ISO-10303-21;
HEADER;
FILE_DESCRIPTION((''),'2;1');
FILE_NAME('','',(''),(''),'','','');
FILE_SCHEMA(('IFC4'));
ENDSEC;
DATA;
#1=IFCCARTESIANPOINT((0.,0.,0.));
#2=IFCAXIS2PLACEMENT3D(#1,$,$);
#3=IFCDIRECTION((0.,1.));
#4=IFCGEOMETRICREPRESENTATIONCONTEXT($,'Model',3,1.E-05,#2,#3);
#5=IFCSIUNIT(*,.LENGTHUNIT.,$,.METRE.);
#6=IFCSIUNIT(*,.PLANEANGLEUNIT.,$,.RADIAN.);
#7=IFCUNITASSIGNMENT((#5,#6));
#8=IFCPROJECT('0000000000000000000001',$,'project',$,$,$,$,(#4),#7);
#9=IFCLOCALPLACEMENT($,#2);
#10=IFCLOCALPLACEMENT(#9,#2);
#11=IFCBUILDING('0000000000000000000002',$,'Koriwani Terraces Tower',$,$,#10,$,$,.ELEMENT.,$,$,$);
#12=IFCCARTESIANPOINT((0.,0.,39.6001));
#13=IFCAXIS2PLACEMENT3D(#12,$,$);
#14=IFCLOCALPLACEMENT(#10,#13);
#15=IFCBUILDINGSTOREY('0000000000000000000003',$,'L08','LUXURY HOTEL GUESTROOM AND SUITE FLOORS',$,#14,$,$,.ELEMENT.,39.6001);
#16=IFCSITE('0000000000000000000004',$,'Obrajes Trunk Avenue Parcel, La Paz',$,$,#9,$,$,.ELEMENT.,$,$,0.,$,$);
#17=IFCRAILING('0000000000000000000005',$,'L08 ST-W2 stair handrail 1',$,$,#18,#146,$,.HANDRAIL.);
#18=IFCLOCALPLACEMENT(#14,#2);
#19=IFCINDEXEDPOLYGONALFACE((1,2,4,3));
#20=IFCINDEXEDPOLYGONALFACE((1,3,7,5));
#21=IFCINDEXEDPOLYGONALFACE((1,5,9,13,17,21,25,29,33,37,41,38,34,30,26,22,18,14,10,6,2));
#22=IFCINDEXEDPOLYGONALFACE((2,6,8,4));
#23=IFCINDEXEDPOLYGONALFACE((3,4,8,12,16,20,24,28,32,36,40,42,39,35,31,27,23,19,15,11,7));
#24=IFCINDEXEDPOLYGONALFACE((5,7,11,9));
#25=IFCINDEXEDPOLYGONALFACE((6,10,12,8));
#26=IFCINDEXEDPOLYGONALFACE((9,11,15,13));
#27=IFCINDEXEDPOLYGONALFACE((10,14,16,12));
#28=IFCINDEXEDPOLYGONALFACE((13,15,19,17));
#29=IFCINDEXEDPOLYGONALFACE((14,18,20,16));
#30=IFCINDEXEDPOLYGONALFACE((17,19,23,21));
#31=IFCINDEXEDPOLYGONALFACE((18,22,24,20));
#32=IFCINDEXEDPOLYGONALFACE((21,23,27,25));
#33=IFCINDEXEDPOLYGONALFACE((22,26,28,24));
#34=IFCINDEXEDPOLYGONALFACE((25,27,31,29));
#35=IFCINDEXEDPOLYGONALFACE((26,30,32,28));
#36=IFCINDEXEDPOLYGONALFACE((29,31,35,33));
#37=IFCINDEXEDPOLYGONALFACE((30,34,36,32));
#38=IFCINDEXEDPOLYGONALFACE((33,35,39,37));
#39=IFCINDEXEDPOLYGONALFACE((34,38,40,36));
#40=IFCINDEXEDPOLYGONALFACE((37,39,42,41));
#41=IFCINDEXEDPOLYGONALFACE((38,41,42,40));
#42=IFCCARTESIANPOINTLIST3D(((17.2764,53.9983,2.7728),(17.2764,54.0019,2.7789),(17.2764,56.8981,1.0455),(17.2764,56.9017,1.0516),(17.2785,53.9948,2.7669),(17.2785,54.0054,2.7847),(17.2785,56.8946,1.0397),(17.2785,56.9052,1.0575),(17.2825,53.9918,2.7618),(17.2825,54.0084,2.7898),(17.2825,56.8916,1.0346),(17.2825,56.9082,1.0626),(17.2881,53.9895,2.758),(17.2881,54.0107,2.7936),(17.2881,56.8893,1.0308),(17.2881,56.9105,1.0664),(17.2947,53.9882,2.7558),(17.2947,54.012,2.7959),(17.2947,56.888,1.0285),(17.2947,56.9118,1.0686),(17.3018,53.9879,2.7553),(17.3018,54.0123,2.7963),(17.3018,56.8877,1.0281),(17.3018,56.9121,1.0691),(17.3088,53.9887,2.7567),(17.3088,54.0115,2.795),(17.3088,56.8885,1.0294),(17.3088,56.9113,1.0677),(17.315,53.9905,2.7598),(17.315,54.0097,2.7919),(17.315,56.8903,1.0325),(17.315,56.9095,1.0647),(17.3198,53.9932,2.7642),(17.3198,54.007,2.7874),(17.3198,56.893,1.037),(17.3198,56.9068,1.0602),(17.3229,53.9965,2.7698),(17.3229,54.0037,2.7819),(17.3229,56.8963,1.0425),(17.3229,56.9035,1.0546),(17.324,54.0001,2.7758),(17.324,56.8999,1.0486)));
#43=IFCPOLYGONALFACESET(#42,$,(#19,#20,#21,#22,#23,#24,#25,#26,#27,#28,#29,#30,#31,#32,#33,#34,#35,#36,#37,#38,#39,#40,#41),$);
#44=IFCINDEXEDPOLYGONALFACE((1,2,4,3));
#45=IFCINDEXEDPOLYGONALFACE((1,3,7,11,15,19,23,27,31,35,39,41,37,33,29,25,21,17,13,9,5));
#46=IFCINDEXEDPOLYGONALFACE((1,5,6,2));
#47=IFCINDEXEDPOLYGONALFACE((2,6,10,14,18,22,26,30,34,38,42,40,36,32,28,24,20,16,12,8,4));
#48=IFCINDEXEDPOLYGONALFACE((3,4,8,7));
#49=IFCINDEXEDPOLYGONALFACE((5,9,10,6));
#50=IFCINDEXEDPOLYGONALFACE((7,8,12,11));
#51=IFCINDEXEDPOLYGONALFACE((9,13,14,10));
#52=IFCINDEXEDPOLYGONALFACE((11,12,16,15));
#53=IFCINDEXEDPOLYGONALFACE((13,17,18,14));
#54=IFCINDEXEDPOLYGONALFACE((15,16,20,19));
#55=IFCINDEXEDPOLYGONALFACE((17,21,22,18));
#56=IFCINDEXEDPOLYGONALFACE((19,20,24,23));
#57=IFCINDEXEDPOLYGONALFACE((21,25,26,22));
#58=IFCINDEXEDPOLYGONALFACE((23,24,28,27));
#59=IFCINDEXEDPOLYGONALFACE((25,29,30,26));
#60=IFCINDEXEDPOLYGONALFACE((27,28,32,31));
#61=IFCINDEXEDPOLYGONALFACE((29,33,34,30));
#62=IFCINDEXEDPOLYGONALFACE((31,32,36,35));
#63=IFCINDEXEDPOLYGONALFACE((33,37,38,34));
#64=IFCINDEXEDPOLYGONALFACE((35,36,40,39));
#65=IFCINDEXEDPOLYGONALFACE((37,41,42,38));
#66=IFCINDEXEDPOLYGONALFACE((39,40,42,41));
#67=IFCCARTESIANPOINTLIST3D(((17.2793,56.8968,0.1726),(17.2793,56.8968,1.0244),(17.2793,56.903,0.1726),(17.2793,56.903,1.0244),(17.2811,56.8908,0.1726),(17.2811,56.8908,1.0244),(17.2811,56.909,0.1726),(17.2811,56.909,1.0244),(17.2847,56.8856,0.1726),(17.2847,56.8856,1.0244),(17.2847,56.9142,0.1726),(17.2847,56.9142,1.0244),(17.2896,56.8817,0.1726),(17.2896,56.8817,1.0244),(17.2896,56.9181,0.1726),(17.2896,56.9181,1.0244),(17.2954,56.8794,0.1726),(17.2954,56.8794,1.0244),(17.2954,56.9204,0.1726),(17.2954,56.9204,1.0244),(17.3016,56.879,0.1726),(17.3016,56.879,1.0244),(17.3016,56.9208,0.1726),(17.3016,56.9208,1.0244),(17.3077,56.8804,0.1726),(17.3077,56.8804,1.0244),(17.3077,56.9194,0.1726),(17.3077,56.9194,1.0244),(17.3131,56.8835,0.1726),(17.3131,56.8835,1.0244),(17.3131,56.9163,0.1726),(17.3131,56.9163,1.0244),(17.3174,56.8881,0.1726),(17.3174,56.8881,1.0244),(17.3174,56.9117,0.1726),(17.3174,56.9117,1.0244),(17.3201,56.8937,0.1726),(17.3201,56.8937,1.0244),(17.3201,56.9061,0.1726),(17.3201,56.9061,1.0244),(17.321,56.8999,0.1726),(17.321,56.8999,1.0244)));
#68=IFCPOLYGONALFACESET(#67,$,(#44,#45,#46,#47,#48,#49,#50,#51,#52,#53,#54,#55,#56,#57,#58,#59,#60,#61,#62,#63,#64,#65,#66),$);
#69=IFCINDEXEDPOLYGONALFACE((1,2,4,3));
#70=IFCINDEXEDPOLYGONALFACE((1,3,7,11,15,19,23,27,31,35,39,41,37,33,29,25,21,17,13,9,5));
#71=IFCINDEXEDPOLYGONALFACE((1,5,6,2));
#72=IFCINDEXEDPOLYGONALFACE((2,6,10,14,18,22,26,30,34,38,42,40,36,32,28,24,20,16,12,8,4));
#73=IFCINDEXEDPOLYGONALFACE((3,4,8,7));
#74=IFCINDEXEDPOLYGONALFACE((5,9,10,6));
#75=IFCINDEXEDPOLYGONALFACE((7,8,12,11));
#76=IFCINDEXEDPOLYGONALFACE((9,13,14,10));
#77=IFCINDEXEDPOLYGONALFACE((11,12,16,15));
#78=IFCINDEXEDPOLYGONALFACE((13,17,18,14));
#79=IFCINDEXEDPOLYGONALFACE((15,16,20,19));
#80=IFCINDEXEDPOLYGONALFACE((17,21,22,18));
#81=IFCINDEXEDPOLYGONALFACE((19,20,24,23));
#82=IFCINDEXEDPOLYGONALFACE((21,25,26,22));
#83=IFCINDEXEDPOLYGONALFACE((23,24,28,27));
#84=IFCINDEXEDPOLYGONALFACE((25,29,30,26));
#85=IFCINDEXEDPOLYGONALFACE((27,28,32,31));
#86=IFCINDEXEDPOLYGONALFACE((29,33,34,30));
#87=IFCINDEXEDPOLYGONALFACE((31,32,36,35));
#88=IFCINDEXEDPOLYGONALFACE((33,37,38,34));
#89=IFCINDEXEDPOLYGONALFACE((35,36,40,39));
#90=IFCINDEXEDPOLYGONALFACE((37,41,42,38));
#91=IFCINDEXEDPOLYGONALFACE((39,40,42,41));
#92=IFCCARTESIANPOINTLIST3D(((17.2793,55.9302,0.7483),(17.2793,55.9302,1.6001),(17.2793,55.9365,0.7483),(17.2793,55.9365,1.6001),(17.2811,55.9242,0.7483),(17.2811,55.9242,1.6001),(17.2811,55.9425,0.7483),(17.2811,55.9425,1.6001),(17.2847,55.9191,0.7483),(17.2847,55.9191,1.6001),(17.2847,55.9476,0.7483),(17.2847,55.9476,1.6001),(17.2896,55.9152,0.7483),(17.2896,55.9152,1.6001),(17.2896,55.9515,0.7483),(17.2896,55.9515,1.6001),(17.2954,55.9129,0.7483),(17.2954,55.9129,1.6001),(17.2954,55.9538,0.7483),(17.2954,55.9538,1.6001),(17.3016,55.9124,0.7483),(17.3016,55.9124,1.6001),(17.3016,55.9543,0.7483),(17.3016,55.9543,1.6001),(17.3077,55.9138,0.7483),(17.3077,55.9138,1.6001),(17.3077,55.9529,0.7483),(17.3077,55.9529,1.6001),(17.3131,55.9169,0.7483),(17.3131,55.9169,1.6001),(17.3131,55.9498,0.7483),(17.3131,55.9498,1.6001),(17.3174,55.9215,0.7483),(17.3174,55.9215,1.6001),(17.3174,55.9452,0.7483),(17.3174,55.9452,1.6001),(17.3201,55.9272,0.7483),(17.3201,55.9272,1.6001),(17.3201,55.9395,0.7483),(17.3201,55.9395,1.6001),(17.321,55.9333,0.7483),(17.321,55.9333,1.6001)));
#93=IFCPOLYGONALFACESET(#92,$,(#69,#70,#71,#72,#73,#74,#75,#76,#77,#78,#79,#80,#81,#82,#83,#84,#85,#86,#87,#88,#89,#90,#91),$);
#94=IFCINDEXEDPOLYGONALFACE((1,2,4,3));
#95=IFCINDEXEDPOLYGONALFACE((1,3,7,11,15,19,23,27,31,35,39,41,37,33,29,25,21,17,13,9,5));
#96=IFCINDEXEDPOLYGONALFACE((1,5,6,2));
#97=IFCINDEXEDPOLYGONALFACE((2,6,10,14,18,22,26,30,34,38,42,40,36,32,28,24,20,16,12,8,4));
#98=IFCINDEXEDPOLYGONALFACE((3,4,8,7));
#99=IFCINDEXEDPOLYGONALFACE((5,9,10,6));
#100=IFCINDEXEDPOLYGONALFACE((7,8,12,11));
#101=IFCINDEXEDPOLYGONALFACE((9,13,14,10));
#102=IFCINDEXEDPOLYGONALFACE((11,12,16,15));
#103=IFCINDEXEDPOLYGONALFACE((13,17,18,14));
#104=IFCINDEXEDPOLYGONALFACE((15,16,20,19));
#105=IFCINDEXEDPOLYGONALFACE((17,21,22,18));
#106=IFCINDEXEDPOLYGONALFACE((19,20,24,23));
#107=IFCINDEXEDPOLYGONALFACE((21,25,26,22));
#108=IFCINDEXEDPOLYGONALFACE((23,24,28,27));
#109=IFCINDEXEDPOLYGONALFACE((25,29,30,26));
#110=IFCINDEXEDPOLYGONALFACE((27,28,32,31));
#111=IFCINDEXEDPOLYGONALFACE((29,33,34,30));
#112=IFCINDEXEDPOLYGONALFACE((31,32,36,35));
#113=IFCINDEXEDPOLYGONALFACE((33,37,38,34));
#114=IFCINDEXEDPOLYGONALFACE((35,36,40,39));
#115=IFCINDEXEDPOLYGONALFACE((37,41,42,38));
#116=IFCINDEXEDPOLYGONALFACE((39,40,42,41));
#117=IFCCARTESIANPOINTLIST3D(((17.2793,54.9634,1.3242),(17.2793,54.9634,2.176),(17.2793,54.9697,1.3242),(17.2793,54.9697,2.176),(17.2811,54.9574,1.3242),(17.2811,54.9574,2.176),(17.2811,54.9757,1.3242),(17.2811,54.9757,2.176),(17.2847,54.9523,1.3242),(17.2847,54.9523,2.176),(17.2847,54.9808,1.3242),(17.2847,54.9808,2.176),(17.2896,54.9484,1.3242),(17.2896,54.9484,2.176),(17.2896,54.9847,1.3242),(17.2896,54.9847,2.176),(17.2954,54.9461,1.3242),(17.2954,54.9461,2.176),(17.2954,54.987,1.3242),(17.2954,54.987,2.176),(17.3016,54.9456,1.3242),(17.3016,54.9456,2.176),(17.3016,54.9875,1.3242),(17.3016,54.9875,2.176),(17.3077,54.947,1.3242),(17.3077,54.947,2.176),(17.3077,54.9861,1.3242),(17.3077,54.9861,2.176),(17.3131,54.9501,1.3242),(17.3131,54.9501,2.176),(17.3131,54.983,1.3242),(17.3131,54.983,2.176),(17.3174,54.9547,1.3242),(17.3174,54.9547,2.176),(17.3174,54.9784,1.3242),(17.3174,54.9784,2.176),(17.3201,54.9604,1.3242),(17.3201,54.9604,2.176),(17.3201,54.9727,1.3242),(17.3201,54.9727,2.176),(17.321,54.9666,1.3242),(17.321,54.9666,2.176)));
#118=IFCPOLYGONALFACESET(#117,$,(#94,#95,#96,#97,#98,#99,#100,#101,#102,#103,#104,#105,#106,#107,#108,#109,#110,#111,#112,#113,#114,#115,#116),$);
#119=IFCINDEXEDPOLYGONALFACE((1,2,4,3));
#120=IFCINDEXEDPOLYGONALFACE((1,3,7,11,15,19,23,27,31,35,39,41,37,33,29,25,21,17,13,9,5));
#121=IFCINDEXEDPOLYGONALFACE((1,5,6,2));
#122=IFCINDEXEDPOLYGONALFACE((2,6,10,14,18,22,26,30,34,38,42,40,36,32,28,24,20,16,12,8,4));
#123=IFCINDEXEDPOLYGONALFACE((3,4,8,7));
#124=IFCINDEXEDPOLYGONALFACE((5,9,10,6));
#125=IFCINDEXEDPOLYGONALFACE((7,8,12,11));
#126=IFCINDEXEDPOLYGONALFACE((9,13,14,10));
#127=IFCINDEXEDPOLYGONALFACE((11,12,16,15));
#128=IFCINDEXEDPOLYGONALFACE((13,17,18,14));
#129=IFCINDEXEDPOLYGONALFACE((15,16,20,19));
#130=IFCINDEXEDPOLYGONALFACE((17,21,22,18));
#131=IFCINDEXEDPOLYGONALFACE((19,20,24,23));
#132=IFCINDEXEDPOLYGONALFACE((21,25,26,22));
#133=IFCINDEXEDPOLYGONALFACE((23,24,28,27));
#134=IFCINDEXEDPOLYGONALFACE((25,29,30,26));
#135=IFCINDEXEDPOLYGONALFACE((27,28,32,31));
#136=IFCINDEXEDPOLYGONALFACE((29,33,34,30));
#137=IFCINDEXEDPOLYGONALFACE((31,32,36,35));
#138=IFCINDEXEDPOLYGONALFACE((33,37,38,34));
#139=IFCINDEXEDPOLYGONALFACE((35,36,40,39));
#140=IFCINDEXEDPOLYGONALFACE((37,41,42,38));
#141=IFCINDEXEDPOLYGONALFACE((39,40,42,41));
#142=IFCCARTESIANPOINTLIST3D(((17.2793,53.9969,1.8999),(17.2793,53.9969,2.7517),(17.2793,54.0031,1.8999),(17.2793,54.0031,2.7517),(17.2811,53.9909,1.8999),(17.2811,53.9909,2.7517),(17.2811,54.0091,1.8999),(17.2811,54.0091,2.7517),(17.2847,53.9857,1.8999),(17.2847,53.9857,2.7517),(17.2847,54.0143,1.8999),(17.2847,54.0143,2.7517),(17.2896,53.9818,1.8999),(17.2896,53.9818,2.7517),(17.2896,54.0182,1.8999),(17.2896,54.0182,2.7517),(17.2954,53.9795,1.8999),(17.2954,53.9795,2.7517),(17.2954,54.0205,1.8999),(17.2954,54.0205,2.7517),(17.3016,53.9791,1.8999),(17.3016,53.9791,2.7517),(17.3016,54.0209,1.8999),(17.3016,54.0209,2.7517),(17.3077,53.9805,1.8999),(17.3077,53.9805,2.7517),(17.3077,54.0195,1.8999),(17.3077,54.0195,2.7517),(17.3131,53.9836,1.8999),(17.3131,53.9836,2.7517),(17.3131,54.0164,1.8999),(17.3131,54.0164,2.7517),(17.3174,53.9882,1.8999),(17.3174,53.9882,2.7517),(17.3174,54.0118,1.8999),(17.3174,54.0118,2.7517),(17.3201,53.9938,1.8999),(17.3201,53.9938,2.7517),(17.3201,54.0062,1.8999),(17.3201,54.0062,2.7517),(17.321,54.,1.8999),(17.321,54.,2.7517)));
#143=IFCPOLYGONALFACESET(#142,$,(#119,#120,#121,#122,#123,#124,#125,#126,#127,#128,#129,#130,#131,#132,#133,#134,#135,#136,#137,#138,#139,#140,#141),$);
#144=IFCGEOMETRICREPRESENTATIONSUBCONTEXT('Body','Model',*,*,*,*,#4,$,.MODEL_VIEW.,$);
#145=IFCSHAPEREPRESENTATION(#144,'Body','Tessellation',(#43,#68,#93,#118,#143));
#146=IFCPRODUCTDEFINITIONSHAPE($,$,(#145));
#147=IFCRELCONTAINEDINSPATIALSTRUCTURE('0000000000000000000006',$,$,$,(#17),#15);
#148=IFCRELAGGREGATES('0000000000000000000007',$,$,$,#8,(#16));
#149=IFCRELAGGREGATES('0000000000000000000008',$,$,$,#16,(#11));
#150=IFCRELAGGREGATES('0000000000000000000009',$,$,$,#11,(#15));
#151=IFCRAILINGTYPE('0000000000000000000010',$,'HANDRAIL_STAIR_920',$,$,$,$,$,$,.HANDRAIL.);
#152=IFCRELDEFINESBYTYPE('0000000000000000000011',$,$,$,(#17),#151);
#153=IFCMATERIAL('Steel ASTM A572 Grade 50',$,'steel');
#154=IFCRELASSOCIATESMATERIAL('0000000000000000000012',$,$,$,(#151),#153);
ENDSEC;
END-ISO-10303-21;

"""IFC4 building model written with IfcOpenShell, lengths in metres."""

from ifc_helpers import new_model, si_unit, direction, frame, origin, origin_2d, place, context, subcontext, project, spatial, circle, extrude, material, type_object, element, save


model = new_model("IFC4")

# Units and contexts
model_context = context("Model", 3, precision=1e-05, world=origin(), true_north=direction((0.0, 1.0)))
body_context = subcontext(model_context, "Body", "Model", "MODEL_VIEW")
ifc_project = project(units=[si_unit("LENGTHUNIT", "METRE"), si_unit("PLANEANGLEUNIT", "RADIAN")], contexts=[model_context])

# Site, building, storey
site_placement = place(None, origin())
site = spatial("IfcSite", under=ifc_project, at=site_placement, Name="Obrajes Trunk Avenue Parcel, La Paz", CompositionType="ELEMENT", RefElevation=0.0)
building_placement = place(site_placement, origin())
building = spatial("IfcBuilding", under=site, at=building_placement, Name="Koriwani Terraces Tower", CompositionType="ELEMENT")
storey_placement = place(building_placement, frame((0.0, 0.0, 39.6001)))
storey = spatial("IfcBuildingStorey", under=building, at=storey_placement, Name="L08", Description="LUXURY HOTEL GUESTROOM AND SUITE FLOORS", CompositionType="ELEMENT", Elevation=39.6001)

# Shared definitions
ifc_material_1 = material(Name="Steel ASTM A572 Grade 50", Category="steel")

# Railing
railing_type = type_object("IfcRailingType", Name="HANDRAIL_STAIR_920", PredefinedType="HANDRAIL", material=ifc_material_1)
for number, where, name in (
    (1, (17.3, 56.8999, 0.1726), "L08 ST-W2 stair handrail 1"),
):
    element("IfcRailing", number, at=place(storey_placement, frame(where)), inside=storey, type_object=railing_type, Name=name, PredefinedType="HANDRAIL", context=body_context, shape_type="SweptSolid", body=[
        extrude(circle(Radius=0.0239, at=origin_2d()), frame((0.0, 0.0, 0.876), z_axis=(0.0, -0.859141, 0.511738), x_axis=(1.0, 0.0, 0.0)), (0.0, 0.0, 1.0), 3.3752),
        extrude(circle(Radius=0.021, at=origin_2d()), origin(), (0.0, 0.0, 1.0), 0.8518),
        extrude(circle(Radius=0.021, at=origin_2d()), frame((0.0, -0.9666, 0.5757)), (0.0, 0.0, 1.0), 0.8518),
        extrude(circle(Radius=0.021, at=origin_2d()), frame((0.0, -1.9333, 1.1516)), (0.0, 0.0, 1.0), 0.8518),
        extrude(circle(Radius=0.021, at=origin_2d()), frame((0.0, -2.8999, 1.7273)), (0.0, 0.0, 1.0), 0.8518),
    ])

save(model, "model.ifc")
